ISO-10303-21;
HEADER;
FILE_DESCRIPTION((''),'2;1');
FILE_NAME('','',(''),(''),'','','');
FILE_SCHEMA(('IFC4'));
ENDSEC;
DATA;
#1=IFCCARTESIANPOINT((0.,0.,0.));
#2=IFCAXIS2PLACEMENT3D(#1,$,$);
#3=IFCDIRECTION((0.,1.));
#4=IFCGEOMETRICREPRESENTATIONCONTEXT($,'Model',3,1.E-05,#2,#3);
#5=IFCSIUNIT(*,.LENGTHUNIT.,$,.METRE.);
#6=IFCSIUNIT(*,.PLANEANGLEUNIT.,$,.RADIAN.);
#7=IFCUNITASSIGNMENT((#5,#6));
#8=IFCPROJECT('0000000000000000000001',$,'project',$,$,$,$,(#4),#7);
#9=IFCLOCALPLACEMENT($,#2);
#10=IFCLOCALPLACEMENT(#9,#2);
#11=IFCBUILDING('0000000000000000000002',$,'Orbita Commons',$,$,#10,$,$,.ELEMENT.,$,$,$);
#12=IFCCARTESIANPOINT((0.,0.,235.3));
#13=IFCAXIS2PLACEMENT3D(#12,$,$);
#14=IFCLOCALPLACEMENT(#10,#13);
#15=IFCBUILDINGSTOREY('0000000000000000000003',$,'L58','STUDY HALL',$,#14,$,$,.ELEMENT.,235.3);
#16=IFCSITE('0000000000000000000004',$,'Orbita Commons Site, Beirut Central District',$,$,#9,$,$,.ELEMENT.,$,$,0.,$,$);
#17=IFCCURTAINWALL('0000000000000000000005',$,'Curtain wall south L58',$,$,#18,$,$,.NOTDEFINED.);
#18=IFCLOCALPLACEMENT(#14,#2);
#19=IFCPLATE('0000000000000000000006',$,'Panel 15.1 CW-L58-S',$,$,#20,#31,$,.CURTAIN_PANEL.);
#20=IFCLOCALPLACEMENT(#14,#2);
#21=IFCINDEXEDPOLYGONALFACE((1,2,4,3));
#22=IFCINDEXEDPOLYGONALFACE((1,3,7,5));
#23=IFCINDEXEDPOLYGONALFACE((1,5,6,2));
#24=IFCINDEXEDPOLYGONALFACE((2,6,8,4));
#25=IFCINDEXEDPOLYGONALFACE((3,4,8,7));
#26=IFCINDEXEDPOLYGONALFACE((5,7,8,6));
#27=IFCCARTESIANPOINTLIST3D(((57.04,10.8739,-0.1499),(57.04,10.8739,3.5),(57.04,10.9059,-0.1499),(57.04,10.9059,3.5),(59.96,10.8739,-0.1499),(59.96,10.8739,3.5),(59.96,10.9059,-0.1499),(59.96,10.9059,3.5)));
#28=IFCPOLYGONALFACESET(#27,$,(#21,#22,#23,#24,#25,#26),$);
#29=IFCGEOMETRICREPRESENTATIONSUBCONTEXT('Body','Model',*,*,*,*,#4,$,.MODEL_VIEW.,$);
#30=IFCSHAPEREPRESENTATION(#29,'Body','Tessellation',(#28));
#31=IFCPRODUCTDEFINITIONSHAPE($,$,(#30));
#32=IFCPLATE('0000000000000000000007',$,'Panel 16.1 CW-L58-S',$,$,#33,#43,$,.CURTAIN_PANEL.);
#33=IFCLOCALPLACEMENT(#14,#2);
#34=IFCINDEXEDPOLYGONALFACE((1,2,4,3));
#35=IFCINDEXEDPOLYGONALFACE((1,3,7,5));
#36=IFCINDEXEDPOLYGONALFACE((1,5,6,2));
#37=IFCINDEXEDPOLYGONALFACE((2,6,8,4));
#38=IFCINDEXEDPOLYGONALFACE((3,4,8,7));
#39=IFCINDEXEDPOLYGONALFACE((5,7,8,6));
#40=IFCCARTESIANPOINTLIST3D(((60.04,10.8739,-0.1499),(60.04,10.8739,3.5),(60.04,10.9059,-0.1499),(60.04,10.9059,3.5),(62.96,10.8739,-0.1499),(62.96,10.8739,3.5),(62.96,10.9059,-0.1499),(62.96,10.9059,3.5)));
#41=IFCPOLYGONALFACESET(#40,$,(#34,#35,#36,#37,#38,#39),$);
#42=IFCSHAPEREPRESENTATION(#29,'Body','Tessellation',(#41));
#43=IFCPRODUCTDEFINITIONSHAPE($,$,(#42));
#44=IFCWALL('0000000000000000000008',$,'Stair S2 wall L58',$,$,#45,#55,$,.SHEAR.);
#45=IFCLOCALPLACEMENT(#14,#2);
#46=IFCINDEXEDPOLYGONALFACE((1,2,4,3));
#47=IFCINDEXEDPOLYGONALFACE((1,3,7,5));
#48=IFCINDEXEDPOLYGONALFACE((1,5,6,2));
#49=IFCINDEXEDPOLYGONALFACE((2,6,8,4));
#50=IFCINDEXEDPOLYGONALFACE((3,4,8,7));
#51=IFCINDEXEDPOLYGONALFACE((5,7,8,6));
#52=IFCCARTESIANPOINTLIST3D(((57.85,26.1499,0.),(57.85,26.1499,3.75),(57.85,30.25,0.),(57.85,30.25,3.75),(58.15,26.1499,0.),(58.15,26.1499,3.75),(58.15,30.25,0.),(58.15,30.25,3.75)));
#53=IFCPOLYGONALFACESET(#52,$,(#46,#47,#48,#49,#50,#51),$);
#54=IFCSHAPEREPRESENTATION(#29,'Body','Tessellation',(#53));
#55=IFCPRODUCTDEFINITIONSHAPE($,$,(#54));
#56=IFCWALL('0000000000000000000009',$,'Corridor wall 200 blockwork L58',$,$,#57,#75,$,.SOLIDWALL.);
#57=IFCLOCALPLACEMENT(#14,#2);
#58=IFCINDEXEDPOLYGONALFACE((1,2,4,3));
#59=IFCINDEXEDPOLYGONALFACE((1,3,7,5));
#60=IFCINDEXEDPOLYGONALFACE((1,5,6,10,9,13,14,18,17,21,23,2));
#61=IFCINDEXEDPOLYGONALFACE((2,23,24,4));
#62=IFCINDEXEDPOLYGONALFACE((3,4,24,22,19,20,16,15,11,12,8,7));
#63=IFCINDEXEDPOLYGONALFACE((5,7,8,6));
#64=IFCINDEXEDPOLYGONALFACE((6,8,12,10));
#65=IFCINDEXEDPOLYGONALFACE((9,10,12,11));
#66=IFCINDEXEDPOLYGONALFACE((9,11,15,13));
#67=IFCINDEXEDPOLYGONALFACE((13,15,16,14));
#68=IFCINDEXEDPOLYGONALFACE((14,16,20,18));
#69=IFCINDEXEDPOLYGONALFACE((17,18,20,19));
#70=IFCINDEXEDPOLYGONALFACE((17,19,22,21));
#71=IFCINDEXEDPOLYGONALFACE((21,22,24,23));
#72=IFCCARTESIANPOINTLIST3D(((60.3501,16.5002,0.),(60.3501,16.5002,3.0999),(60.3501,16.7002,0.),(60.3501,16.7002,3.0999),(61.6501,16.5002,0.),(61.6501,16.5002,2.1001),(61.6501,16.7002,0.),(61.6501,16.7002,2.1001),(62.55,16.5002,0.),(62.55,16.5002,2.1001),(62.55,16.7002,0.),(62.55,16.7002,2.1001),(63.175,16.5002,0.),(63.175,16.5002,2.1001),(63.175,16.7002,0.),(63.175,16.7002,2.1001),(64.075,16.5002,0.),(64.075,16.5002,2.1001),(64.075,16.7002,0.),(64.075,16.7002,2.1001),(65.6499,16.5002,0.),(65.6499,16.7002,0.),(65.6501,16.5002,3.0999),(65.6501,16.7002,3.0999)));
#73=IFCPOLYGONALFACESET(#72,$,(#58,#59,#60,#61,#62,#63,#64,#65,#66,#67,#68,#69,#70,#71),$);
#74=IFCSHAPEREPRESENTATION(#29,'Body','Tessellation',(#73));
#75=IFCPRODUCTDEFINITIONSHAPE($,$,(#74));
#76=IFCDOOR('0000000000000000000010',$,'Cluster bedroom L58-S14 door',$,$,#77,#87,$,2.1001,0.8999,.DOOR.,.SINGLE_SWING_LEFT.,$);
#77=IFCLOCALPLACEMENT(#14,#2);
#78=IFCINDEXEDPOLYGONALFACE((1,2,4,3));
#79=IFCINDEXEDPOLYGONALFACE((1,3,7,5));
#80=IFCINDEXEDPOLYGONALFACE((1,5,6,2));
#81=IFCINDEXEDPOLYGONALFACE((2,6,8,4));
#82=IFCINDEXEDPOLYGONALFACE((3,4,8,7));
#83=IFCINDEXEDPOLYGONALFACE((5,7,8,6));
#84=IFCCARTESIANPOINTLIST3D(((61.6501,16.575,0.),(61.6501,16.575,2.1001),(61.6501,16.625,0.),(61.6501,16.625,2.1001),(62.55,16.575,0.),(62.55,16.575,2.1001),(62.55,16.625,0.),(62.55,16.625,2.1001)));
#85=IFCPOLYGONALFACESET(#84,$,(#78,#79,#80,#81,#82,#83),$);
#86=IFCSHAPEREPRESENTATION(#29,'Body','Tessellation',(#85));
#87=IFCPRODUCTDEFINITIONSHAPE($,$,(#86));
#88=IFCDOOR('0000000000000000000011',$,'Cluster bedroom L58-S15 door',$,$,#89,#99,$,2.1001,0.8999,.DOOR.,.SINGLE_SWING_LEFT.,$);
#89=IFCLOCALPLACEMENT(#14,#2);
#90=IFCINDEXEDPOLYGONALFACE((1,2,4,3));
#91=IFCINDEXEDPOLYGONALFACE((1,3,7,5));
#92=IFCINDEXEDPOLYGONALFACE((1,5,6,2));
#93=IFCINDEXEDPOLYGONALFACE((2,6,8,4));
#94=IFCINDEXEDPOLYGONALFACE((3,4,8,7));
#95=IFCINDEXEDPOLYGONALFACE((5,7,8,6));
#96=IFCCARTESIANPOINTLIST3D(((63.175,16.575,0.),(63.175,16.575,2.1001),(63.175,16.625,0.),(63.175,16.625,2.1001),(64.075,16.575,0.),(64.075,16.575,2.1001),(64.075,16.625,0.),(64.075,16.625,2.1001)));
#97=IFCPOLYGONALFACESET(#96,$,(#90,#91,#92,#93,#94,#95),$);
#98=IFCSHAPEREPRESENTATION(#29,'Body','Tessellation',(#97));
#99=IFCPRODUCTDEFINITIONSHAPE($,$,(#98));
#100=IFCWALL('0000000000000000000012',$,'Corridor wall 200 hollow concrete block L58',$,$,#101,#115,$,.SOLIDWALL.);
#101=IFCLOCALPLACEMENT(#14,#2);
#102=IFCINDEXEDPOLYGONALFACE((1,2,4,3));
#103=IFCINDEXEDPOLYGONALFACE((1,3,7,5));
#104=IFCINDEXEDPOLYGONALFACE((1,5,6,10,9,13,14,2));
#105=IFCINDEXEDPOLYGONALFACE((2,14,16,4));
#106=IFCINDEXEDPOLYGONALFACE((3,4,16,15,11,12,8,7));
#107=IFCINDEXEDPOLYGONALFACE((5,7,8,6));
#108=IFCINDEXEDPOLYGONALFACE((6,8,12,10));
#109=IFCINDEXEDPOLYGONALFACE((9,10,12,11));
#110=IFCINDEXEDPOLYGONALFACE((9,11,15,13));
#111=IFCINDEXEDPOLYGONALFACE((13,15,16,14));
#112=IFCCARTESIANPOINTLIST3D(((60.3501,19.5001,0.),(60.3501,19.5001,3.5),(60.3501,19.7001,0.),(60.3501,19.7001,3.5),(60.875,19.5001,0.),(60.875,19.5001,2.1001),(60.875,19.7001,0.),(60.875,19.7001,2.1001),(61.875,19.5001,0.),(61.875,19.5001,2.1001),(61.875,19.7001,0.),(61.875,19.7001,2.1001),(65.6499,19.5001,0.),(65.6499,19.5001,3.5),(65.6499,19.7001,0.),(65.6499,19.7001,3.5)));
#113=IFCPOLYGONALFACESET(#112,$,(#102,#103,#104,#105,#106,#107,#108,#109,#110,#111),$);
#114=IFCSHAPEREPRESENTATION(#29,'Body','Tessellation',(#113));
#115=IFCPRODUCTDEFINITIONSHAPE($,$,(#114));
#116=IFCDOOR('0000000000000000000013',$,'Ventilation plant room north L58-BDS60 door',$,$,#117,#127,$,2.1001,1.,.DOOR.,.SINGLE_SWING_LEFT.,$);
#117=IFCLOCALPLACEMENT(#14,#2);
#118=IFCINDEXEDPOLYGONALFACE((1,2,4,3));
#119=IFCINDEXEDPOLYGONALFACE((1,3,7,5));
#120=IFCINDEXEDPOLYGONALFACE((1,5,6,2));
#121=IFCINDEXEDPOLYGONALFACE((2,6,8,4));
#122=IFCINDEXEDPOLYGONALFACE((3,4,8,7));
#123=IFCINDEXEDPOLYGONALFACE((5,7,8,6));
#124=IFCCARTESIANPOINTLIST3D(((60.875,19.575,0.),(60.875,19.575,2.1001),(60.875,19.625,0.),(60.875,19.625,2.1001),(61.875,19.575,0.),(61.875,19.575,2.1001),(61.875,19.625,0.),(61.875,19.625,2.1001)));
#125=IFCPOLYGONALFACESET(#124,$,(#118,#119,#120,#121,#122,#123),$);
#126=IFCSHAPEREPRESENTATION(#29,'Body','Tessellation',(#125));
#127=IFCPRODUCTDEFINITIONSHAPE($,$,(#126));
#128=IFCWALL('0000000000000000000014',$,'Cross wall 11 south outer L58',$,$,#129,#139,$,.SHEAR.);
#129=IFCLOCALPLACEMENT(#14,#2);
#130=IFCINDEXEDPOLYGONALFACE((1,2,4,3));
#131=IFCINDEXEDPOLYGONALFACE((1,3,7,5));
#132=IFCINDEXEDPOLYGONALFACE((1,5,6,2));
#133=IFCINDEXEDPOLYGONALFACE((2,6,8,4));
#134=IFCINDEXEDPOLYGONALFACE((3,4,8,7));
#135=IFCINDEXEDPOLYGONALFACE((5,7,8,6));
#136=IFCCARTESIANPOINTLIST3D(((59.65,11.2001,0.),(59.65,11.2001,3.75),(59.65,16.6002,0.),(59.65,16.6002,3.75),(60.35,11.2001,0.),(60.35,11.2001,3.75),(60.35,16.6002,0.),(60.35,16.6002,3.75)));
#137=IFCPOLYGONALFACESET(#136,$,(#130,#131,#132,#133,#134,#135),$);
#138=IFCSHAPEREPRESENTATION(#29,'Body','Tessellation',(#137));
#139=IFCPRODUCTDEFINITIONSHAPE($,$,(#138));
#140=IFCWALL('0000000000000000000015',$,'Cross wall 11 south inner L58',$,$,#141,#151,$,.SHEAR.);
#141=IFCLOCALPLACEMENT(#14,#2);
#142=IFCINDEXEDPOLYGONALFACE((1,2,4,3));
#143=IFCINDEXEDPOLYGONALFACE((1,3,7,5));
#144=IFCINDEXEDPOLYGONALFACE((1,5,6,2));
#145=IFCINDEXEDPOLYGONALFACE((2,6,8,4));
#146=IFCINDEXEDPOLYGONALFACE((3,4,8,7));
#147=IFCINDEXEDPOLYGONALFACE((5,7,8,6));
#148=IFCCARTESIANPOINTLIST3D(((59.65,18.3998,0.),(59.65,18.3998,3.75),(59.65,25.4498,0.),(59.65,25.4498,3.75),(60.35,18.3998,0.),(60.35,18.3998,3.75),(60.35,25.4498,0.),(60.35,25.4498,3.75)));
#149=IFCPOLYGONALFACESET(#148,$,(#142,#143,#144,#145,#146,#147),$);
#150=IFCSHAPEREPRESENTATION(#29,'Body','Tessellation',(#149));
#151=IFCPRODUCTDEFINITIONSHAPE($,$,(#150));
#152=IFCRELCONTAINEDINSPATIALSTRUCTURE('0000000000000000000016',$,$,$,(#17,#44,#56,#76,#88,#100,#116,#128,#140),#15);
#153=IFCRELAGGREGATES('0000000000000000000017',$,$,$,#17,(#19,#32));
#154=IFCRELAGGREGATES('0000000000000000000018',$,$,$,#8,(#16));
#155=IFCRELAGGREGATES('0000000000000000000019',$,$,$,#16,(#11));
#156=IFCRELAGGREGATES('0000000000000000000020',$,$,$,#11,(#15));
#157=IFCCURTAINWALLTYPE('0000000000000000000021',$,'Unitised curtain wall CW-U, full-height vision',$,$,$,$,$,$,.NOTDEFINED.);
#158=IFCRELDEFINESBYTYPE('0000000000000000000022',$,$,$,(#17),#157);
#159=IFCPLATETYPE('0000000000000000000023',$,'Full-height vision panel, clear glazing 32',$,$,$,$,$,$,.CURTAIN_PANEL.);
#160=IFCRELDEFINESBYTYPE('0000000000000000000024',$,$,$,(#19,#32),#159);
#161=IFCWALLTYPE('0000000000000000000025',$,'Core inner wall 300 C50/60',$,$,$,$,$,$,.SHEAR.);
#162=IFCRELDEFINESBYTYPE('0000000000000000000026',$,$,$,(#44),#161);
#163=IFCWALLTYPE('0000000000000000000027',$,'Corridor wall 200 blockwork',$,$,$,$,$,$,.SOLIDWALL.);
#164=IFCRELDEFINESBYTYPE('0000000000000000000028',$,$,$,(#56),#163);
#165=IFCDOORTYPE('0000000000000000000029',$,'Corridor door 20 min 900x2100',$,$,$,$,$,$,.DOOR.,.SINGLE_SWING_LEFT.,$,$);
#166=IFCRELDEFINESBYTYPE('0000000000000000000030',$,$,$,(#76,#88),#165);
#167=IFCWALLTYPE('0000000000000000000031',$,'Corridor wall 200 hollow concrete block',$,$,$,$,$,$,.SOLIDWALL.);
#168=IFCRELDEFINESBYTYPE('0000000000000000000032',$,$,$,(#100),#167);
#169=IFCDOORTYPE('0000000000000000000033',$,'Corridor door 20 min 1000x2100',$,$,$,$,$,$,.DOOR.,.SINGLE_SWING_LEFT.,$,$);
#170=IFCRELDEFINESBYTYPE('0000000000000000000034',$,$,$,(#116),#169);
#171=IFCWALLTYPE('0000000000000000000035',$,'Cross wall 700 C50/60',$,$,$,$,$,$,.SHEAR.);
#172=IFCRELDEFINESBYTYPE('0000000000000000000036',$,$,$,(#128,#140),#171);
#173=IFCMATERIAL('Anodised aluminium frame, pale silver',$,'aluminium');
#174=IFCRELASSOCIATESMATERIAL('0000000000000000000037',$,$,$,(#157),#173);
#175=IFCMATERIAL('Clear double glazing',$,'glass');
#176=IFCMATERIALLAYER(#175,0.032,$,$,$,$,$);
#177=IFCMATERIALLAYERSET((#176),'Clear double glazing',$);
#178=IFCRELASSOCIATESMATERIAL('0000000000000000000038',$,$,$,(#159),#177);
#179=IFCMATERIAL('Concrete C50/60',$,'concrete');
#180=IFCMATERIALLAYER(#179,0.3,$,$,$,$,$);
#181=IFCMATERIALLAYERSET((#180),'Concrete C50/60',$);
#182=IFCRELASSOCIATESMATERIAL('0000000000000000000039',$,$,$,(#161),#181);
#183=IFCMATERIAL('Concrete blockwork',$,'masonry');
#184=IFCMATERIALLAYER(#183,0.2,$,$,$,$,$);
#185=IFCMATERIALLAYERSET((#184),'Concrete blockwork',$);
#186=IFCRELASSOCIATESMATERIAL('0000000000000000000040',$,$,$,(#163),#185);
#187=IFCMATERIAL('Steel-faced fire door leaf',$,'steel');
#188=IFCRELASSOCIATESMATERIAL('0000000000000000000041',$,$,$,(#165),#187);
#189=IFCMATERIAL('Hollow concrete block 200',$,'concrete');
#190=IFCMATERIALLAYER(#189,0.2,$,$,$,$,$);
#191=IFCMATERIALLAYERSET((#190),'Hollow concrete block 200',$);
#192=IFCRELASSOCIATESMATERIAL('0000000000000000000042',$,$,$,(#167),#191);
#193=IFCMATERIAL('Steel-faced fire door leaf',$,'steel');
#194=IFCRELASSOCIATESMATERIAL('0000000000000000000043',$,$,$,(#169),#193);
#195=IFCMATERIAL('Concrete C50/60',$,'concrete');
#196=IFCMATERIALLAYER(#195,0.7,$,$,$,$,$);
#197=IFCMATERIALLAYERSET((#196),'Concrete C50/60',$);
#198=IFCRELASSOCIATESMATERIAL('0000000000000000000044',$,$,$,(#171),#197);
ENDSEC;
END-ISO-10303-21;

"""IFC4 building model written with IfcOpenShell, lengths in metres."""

from ifc_helpers import new_model, si_unit, direction, frame, frame_2d, origin, origin_2d, place, context, subcontext, project, spatial, polyline, rectangle, outline, extrude, material, layer, layer_set, type_object, element, fill, aggregate, save


model = new_model("IFC4")

# Units and contexts
model_context = context("Model", 3, precision=1e-05, world=origin(), true_north=direction((0.0, 1.0)))
body_context = subcontext(model_context, "Body", "Model", "MODEL_VIEW")
ifc_project = project(units=[si_unit("LENGTHUNIT", "METRE"), si_unit("PLANEANGLEUNIT", "RADIAN")], contexts=[model_context])

# Site, building, storey
site_placement = place(None, origin())
site = spatial("IfcSite", under=ifc_project, at=site_placement, Name="Orbita Commons Site, Beirut Central District", CompositionType="ELEMENT", RefElevation=0.0)
building_placement = place(site_placement, origin())
building = spatial("IfcBuilding", under=site, at=building_placement, Name="Orbita Commons", CompositionType="ELEMENT")
storey_placement = place(building_placement, frame((0.0, 0.0, 235.3)))
storey = spatial("IfcBuildingStorey", under=building, at=storey_placement, Name="L58", Description="STUDY HALL", CompositionType="ELEMENT", Elevation=235.3)

# Curtain wall
ifc_material_1 = material(Name="Anodised aluminium frame, pale silver", Category="aluminium")
curtain_wall_type = type_object("IfcCurtainWallType", Name="Unitised curtain wall CW-U, full-height vision", PredefinedType="NOTDEFINED", material=ifc_material_1)
curtain_wall_placement = place(storey_placement, origin())
curtain_wall = element("IfcCurtainWall", 1, at=curtain_wall_placement, inside=storey, type_object=curtain_wall_type, Name="Curtain wall south L58", PredefinedType="NOTDEFINED")

# Plates
ifc_material_2 = material(Name="Clear double glazing", Category="glass")
ifc_layer_1 = layer(ifc_material_2, 0.032)
ifc_layer_set_1 = layer_set([ifc_layer_1], Name="Clear double glazing")
plate_type = type_object("IfcPlateType", Name="Full-height vision panel, clear glazing 32", PredefinedType="CURTAIN_PANEL", material=ifc_layer_set_1)
plate_1_placement = place(storey_placement, frame((58.5, 10.8899, -0.1499), z_axis=(0.0, 0.0, 1.0), x_axis=(1.0, 0.0, 0.0)))
plate_1 = element("IfcPlate", 2, at=plate_1_placement, type_object=plate_type, Name="Panel 15.1 CW-L58-S", PredefinedType="CURTAIN_PANEL", context=body_context, shape_type="SweptSolid", body=[
    extrude(rectangle(XDim=2.9199, YDim=0.032, at=origin_2d()), origin(), (0.0, 0.0, 1.0), 3.6499),
])
plate_2_placement = place(storey_placement, frame((61.5, 10.8899, -0.1499), z_axis=(0.0, 0.0, 1.0), x_axis=(1.0, 0.0, 0.0)))
plate_2 = element("IfcPlate", 3, at=plate_2_placement, type_object=plate_type, Name="Panel 16.1 CW-L58-S", PredefinedType="CURTAIN_PANEL", context=body_context, shape_type="SweptSolid", body=[
    extrude(rectangle(XDim=2.9199, YDim=0.032, at=origin_2d()), origin(), (0.0, 0.0, 1.0), 3.6499),
])
aggregate(curtain_wall, [plate_1, plate_2])

# Wall
ifc_material_3 = material(Name="Concrete C50/60", Category="concrete")
ifc_layer_2 = layer(ifc_material_3, 0.3)
ifc_layer_set_2 = layer_set([ifc_layer_2], Name="Concrete C50/60")
wall_type_1 = type_object("IfcWallType", Name="Core inner wall 300 C50/60", PredefinedType="SHEAR", material=ifc_layer_set_2)
wall_1_placement = place(storey_placement, frame((58.0, 26.1499, 0.0), z_axis=(0.0, 0.0, 1.0), x_axis=(0.0, 1.0, 0.0)))
element("IfcWall", 4, at=wall_1_placement, inside=storey, type_object=wall_type_1, Name="Stair S2 wall L58", PredefinedType="SHEAR", context=body_context, shape_type="SweptSolid", body=[
    extrude(rectangle(XDim=4.1001, YDim=0.3, at=frame_2d((2.05, 0.0))), origin(), (0.0, 0.0, 1.0), 3.75),
])

# Wall, openings, doors
ifc_material_4 = material(Name="Concrete blockwork", Category="masonry")
ifc_layer_3 = layer(ifc_material_4, 0.2)
ifc_layer_set_3 = layer_set([ifc_layer_3], Name="Concrete blockwork")
wall_type_2 = type_object("IfcWallType", Name="Corridor wall 200 blockwork", PredefinedType="SOLIDWALL", material=ifc_layer_set_3)
wall_2_placement = place(storey_placement, frame((60.3501, 16.6001, 0.0), z_axis=(0.0, 0.0, 1.0), x_axis=(1.0, 0.0, 0.0)))
wall_2 = element("IfcWall", 5, at=wall_2_placement, inside=storey, type_object=wall_type_2, Name="Corridor wall 200 blockwork L58", PredefinedType="SOLIDWALL", context=body_context, shape_type="SweptSolid", body=[
    extrude(outline(polyline([(0.0, 0.0), (5.2998, 0.0), (5.3, 3.0999), (0.0, 3.0999), (0.0, 0.0)])), frame((0.0, 0.1001, 0.0), z_axis=(0.0, -1.0, 0.0), x_axis=(1.0, 0.0, 0.0)), (0.0, 0.0, 1.0), 0.2),
])
opening_1_placement = place(wall_2_placement, frame((1.3, 0.0, 0.0)))
opening_1 = element("IfcOpeningElement", 6, at=opening_1_placement, cuts=wall_2, PredefinedType="OPENING", context=body_context, shape_type="SweptSolid", body=[
    extrude(rectangle(XDim=0.8999, YDim=2.1001, at=frame_2d((0.45, 1.05))), frame((0.0, 0.1099, 0.0), z_axis=(0.0, -1.0, 0.0), x_axis=(1.0, 0.0, 0.0)), (0.0, 0.0, 1.0), 0.22),
])
opening_2_placement = place(wall_2_placement, frame((2.825, 0.0, 0.0)))
opening_2 = element("IfcOpeningElement", 7, at=opening_2_placement, cuts=wall_2, PredefinedType="OPENING", context=body_context, shape_type="SweptSolid", body=[
    extrude(rectangle(XDim=0.8999, YDim=2.1001, at=frame_2d((0.45, 1.05))), frame((0.0, 0.1099, 0.0), z_axis=(0.0, -1.0, 0.0), x_axis=(1.0, 0.0, 0.0)), (0.0, 0.0, 1.0), 0.22),
])
ifc_material_5 = material(Name="Steel-faced fire door leaf", Category="steel")
door_type_1 = type_object("IfcDoorType", Name="Corridor door 20 min 900x2100", OperationType="SINGLE_SWING_LEFT", PredefinedType="DOOR", material=ifc_material_5)
door_1_placement = place(opening_1_placement, origin())
door_1 = element("IfcDoor", 8, at=door_1_placement, inside=storey, type_object=door_type_1, Name="Cluster bedroom L58-S14 door", OperationType="SINGLE_SWING_LEFT", OverallHeight=2.1001, OverallWidth=0.8999, PredefinedType="DOOR", context=body_context, shape_type="SweptSolid", body=[
    extrude(rectangle(XDim=0.8999, YDim=2.1001, at=frame_2d((0.45, 1.05))), frame((0.0, 0.0249, 0.0), z_axis=(0.0, -1.0, 0.0), x_axis=(1.0, 0.0, 0.0)), (0.0, 0.0, 1.0), 0.05),
])
fill(opening_1, door_1)
door_2_placement = place(opening_2_placement, origin())
door_2 = element("IfcDoor", 9, at=door_2_placement, inside=storey, type_object=door_type_1, Name="Cluster bedroom L58-S15 door", OperationType="SINGLE_SWING_LEFT", OverallHeight=2.1001, OverallWidth=0.8999, PredefinedType="DOOR", context=body_context, shape_type="SweptSolid", body=[
    extrude(rectangle(XDim=0.8999, YDim=2.1001, at=frame_2d((0.45, 1.05))), frame((0.0, 0.0249, 0.0), z_axis=(0.0, -1.0, 0.0), x_axis=(1.0, 0.0, 0.0)), (0.0, 0.0, 1.0), 0.05),
])
fill(opening_2, door_2)

# Wall, opening, door
ifc_material_6 = material(Name="Hollow concrete block 200", Category="concrete")
ifc_layer_4 = layer(ifc_material_6, 0.2)
ifc_layer_set_4 = layer_set([ifc_layer_4], Name="Hollow concrete block 200")
wall_type_3 = type_object("IfcWallType", Name="Corridor wall 200 hollow concrete block", PredefinedType="SOLIDWALL", material=ifc_layer_set_4)
wall_3_placement = place(storey_placement, frame((60.3501, 19.6001, 0.0), z_axis=(0.0, 0.0, 1.0), x_axis=(1.0, 0.0, 0.0)))
wall_3 = element("IfcWall", 10, at=wall_3_placement, inside=storey, type_object=wall_type_3, Name="Corridor wall 200 hollow concrete block L58", PredefinedType="SOLIDWALL", context=body_context, shape_type="SweptSolid", body=[
    extrude(rectangle(XDim=5.2998, YDim=0.2, at=frame_2d((2.6499, 0.0))), origin(), (0.0, 0.0, 1.0), 3.5),
])
opening_3_placement = place(wall_3_placement, frame((0.5249, 0.0, 0.0)))
opening_3 = element("IfcOpeningElement", 11, at=opening_3_placement, cuts=wall_3, PredefinedType="OPENING", context=body_context, shape_type="SweptSolid", body=[
    extrude(rectangle(XDim=1.0, YDim=2.1001, at=frame_2d((0.5, 1.05))), frame((0.0, 0.1099, 0.0), z_axis=(0.0, -1.0, 0.0), x_axis=(1.0, 0.0, 0.0)), (0.0, 0.0, 1.0), 0.22),
])
ifc_material_7 = material(Name="Steel-faced fire door leaf", Category="steel")
door_type_2 = type_object("IfcDoorType", Name="Corridor door 20 min 1000x2100", OperationType="SINGLE_SWING_LEFT", PredefinedType="DOOR", material=ifc_material_7)
door_3_placement = place(opening_3_placement, origin())
door_3 = element("IfcDoor", 12, at=door_3_placement, inside=storey, type_object=door_type_2, Name="Ventilation plant room north L58-BDS60 door", OperationType="SINGLE_SWING_LEFT", OverallHeight=2.1001, OverallWidth=1.0, PredefinedType="DOOR", context=body_context, shape_type="SweptSolid", body=[
    extrude(rectangle(XDim=1.0, YDim=2.1001, at=frame_2d((0.5, 1.05))), frame((0.0, 0.0249, 0.0), z_axis=(0.0, -1.0, 0.0), x_axis=(1.0, 0.0, 0.0)), (0.0, 0.0, 1.0), 0.05),
])
fill(opening_3, door_3)

# Walls
ifc_material_8 = material(Name="Concrete C50/60", Category="concrete")
ifc_layer_5 = layer(ifc_material_8, 0.7)
ifc_layer_set_5 = layer_set([ifc_layer_5], Name="Concrete C50/60")
wall_type_4 = type_object("IfcWallType", Name="Cross wall 700 C50/60", PredefinedType="SHEAR", material=ifc_layer_set_5)
wall_4_placement = place(storey_placement, frame((60.0, 11.2, 0.0), z_axis=(0.0, 0.0, 1.0), x_axis=(0.0, 1.0, 0.0)))
element("IfcWall", 13, at=wall_4_placement, inside=storey, type_object=wall_type_4, Name="Cross wall 11 south outer L58", PredefinedType="SHEAR", context=body_context, shape_type="SweptSolid", body=[
    extrude(rectangle(XDim=5.4001, YDim=0.7, at=frame_2d((2.7002, 0.0))), origin(), (0.0, 0.0, 1.0), 3.75),
])
wall_5_placement = place(storey_placement, frame((60.0, 18.3999, 0.0), z_axis=(0.0, 0.0, 1.0), x_axis=(0.0, 1.0, 0.0)))
element("IfcWall", 14, at=wall_5_placement, inside=storey, type_object=wall_type_4, Name="Cross wall 11 south inner L58", PredefinedType="SHEAR", context=body_context, shape_type="SweptSolid", body=[
    extrude(rectangle(XDim=7.05, YDim=0.7, at=frame_2d((3.5249, 0.0))), origin(), (0.0, 0.0, 1.0), 3.75),
])

save(model, "model.ifc")
